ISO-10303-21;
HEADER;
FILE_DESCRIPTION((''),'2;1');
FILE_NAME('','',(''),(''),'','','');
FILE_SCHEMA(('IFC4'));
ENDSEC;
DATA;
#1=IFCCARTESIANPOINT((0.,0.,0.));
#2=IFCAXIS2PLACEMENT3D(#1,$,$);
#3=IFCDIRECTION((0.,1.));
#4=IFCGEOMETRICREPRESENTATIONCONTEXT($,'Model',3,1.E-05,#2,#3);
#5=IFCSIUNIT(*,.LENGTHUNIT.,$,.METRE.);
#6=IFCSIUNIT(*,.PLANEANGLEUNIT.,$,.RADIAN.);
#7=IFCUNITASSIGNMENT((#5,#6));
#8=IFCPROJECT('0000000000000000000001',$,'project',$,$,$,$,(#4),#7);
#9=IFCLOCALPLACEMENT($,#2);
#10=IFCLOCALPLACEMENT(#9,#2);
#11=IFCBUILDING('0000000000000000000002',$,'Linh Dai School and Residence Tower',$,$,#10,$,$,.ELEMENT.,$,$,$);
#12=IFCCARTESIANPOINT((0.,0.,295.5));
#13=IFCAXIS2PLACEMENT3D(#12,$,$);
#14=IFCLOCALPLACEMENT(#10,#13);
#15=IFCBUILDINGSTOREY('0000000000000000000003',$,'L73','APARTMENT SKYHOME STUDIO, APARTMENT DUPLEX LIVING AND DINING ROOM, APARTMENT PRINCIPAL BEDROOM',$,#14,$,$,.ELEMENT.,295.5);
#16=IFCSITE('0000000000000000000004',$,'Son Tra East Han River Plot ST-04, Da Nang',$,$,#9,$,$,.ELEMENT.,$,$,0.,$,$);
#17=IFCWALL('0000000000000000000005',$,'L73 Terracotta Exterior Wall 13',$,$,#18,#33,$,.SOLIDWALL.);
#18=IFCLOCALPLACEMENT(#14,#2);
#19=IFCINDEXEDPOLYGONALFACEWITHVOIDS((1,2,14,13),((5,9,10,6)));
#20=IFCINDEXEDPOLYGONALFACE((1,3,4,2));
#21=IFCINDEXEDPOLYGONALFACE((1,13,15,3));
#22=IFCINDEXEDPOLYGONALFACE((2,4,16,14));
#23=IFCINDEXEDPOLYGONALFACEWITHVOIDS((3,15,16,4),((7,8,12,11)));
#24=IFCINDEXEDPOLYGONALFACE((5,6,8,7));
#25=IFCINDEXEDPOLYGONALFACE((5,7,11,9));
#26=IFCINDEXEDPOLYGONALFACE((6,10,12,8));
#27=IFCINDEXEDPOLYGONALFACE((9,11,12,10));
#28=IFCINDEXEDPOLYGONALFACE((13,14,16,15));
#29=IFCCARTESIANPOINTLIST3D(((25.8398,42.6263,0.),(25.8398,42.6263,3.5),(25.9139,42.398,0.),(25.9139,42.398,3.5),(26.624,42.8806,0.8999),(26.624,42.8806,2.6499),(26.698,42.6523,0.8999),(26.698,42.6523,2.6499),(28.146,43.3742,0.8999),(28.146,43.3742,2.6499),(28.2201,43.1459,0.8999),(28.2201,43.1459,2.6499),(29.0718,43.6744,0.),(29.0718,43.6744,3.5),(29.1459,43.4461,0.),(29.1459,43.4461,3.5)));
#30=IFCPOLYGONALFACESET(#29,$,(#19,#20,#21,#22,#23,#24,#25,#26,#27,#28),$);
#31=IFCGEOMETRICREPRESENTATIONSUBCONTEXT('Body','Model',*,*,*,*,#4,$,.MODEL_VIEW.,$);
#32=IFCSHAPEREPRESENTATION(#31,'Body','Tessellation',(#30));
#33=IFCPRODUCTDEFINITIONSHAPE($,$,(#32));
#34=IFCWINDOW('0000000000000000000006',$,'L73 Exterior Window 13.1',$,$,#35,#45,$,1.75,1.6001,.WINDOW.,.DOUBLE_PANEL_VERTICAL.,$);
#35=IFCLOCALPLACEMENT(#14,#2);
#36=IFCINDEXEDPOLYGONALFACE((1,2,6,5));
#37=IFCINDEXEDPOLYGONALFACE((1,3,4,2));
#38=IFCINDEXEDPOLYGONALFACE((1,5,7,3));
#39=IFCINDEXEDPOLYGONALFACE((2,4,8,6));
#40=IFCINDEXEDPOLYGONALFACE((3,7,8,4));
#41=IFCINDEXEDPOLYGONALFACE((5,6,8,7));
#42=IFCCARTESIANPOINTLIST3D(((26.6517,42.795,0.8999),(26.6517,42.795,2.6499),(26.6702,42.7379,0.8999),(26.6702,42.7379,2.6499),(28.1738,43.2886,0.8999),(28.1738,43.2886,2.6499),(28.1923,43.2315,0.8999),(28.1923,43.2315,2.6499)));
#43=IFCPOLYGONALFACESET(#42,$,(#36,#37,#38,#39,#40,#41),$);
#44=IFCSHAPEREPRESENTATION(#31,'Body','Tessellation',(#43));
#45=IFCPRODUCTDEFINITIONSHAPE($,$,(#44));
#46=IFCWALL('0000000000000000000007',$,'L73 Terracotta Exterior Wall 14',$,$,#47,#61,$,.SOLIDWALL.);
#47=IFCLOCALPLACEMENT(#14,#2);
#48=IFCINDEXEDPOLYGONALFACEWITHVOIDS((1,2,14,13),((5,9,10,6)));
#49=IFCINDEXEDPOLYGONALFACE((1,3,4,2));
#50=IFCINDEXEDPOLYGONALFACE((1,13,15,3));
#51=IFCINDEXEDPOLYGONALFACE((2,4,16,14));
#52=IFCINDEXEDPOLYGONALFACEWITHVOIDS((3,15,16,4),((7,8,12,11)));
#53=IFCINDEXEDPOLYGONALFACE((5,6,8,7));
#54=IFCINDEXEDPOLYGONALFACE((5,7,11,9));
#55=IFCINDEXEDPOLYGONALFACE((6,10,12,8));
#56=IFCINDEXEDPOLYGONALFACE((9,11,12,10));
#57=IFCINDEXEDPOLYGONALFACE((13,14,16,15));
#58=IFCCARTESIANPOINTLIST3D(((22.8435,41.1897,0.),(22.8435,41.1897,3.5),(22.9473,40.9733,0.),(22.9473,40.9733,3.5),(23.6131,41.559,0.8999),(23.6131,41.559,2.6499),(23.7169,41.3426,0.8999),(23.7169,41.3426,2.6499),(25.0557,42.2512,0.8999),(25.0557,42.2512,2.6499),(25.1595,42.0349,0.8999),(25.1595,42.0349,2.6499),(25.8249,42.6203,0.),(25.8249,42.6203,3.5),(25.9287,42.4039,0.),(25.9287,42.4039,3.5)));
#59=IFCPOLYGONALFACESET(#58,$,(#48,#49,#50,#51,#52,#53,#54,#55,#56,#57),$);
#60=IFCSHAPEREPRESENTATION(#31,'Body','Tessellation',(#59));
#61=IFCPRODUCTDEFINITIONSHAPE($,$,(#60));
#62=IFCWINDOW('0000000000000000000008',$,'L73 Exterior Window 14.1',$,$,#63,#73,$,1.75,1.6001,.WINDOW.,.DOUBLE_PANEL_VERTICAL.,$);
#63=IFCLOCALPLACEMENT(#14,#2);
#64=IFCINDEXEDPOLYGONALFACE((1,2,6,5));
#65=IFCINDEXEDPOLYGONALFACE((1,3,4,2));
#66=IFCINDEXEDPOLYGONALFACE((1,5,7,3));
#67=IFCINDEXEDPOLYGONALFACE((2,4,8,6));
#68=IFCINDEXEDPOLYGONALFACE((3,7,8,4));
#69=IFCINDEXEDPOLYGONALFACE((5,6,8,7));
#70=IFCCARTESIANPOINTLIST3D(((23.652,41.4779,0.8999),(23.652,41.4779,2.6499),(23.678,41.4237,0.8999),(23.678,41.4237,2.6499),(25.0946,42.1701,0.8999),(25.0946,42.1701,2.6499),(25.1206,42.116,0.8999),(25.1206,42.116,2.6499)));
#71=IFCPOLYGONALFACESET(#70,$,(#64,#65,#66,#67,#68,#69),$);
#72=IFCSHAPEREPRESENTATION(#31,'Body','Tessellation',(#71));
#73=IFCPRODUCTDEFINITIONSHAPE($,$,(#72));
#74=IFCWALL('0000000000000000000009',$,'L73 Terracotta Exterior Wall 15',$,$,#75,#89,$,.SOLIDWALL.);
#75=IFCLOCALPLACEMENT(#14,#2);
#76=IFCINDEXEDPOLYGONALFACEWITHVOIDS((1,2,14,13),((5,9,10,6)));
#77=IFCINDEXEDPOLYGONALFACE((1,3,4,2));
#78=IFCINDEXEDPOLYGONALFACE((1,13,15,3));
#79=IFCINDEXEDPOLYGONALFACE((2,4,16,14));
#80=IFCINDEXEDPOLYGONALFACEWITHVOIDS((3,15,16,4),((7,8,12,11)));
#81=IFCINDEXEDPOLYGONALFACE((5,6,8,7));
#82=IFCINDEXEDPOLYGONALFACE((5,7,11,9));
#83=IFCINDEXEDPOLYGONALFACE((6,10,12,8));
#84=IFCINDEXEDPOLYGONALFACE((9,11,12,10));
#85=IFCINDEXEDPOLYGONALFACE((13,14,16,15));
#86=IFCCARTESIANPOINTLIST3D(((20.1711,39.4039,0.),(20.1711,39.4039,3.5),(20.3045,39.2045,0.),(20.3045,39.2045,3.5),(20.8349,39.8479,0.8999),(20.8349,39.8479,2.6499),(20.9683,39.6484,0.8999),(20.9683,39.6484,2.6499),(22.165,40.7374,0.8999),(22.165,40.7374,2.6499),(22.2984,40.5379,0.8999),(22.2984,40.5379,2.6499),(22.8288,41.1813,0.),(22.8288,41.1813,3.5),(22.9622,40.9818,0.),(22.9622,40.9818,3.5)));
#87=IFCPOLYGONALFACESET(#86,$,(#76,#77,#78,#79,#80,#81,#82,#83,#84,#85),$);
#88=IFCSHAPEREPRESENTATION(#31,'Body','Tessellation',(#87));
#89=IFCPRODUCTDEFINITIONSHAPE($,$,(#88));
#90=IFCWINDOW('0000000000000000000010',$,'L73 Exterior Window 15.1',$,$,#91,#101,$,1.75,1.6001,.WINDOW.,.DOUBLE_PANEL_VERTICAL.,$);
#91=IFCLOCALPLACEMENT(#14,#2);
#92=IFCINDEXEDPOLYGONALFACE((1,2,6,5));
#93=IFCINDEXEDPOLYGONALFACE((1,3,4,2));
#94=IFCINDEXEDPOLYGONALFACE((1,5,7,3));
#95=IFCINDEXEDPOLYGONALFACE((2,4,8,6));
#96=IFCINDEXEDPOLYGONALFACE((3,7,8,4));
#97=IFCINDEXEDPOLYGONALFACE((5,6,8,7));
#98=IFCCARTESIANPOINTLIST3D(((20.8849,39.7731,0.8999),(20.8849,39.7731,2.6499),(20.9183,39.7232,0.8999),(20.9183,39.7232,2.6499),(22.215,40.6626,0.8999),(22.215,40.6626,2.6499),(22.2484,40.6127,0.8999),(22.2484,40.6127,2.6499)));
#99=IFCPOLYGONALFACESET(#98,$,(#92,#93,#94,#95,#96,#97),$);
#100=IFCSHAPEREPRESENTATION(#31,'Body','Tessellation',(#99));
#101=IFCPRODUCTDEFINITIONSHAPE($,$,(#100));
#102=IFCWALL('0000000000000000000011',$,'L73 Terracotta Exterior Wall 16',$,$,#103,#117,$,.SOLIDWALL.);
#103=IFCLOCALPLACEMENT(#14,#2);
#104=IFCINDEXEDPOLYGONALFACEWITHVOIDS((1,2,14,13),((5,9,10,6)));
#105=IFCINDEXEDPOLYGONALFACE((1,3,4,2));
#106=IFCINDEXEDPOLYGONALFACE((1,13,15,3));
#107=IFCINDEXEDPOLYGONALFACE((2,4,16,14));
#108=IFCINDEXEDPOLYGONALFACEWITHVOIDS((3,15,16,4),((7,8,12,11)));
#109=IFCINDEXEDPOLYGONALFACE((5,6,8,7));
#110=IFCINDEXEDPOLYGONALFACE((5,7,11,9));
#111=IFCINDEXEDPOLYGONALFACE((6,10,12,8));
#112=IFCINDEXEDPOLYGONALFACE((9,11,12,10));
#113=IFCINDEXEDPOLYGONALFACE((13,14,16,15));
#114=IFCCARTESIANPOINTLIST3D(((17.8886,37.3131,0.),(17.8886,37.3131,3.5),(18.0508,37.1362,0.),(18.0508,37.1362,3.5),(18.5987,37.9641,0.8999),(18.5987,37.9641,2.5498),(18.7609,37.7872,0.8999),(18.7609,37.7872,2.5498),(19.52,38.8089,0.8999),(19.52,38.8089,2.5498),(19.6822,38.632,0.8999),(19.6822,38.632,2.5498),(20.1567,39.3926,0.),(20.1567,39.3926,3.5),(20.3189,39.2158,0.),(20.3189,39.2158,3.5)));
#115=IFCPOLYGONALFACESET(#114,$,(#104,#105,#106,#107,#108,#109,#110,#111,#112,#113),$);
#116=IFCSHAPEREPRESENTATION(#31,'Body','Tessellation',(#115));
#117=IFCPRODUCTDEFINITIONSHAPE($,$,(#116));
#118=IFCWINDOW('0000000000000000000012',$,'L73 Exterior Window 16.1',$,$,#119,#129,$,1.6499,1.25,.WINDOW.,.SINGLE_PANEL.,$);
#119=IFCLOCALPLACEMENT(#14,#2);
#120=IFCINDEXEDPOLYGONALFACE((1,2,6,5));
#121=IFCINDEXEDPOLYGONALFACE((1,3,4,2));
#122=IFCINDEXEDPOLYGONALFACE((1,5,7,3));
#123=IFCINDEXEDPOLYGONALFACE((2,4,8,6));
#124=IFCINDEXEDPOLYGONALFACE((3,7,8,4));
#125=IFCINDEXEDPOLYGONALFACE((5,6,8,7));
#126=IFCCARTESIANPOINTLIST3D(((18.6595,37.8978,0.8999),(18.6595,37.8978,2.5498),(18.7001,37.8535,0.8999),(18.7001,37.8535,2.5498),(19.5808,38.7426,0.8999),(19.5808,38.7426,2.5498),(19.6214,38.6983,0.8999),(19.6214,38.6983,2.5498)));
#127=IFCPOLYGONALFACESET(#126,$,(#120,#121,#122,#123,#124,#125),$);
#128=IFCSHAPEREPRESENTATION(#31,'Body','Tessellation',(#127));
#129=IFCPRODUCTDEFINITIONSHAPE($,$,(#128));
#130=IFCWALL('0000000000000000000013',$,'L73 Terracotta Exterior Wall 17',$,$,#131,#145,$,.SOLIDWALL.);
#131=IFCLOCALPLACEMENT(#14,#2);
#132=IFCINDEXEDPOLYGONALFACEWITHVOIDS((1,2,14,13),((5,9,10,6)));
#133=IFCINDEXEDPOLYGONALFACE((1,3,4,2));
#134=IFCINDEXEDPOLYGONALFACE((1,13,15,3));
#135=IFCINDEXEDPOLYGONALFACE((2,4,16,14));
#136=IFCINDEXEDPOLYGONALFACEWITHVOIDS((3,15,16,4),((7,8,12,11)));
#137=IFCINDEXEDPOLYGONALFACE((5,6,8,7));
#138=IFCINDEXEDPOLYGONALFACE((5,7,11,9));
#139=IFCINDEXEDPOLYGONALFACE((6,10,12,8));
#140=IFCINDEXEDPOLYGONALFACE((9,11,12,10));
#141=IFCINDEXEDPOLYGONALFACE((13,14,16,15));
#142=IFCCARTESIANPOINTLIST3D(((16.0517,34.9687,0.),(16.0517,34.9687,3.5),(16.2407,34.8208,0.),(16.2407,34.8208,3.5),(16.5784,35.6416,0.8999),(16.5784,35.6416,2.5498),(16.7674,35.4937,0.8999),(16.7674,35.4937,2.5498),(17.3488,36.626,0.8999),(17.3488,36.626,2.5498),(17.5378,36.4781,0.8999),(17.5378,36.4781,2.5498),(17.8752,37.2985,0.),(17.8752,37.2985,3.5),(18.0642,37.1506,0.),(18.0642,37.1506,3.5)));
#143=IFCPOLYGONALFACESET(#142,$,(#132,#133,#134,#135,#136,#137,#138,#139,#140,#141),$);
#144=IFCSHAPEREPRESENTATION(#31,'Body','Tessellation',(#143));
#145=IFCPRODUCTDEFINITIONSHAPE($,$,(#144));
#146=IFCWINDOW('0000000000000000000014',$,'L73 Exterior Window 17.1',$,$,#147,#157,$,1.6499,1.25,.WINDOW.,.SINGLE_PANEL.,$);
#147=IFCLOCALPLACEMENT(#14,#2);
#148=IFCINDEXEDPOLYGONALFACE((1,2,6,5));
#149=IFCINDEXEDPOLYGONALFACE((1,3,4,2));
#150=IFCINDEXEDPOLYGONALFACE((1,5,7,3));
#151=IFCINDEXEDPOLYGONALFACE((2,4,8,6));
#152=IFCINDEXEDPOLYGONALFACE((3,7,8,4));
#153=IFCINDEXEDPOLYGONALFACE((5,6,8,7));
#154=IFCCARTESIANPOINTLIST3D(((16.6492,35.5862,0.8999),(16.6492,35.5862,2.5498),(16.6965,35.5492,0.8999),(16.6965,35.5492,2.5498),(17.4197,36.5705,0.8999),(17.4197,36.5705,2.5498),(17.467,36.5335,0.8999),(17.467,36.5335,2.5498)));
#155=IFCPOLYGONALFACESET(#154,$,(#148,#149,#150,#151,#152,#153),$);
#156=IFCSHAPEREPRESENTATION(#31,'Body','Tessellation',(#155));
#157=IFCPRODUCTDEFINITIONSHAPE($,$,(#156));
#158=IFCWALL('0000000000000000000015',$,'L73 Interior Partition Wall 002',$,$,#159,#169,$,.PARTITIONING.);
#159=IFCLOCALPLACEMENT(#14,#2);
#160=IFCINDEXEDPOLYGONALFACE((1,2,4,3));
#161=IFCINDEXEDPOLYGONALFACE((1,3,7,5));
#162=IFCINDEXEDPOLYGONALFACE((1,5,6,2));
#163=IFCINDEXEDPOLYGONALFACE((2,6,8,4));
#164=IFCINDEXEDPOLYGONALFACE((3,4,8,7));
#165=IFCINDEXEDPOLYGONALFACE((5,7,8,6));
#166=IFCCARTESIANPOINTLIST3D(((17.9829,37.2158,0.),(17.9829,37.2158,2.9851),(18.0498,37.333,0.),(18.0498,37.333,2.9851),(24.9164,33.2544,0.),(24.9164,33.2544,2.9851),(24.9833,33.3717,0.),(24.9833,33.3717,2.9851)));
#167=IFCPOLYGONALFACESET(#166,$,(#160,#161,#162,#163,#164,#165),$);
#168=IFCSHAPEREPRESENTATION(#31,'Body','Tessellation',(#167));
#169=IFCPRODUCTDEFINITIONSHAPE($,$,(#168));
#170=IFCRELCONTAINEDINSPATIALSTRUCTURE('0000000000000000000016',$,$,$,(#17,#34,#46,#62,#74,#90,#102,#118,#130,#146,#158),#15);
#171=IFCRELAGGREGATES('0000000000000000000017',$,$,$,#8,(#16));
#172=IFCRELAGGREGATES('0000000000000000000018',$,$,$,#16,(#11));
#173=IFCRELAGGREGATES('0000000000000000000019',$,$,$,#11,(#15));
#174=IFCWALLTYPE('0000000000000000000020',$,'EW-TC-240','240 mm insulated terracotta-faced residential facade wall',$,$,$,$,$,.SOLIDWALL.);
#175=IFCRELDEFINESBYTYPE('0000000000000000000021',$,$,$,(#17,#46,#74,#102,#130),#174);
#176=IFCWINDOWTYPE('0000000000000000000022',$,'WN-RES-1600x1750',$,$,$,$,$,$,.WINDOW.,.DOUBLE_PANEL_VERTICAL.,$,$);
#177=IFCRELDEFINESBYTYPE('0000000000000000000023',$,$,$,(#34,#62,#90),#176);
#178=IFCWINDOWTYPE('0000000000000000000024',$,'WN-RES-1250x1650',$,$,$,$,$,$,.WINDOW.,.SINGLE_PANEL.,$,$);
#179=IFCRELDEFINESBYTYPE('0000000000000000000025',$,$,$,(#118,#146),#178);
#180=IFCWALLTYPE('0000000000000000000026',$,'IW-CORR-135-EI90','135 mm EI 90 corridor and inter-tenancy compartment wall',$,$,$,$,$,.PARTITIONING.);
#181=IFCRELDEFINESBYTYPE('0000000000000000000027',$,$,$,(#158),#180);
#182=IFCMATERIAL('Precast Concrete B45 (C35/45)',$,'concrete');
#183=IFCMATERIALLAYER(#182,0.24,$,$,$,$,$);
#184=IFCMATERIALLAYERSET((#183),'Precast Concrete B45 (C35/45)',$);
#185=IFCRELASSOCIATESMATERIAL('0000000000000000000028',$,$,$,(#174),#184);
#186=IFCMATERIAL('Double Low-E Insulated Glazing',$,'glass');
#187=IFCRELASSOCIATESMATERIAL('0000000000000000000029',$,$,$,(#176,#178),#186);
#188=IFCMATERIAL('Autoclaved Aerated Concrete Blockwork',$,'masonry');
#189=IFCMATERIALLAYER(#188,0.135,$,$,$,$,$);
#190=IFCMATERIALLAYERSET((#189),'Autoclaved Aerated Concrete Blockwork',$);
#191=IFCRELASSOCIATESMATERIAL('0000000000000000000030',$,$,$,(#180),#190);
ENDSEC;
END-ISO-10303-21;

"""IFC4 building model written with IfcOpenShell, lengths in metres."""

from ifc_helpers import new_model, si_unit, direction, frame, frame_2d, origin, origin_2d, place, context, subcontext, project, spatial, rectangle, extrude, source, transform, mapped, material, layer, layer_set, type_object, element, fill, save


model = new_model("IFC4")

# Units and contexts
model_context = context("Model", 3, precision=1e-05, world=origin(), true_north=direction((0.0, 1.0)))
body_context = subcontext(model_context, "Body", "Model", "MODEL_VIEW")
ifc_project = project(units=[si_unit("LENGTHUNIT", "METRE"), si_unit("PLANEANGLEUNIT", "RADIAN")], contexts=[model_context])

# Site, building, storey
site_placement = place(None, origin())
site = spatial("IfcSite", under=ifc_project, at=site_placement, Name="Son Tra East Han River Plot ST-04, Da Nang", CompositionType="ELEMENT", RefElevation=0.0)
building_placement = place(site_placement, origin())
building = spatial("IfcBuilding", under=site, at=building_placement, Name="Linh Dai School and Residence Tower", CompositionType="ELEMENT")
storey_placement = place(building_placement, frame((0.0, 0.0, 295.5)))
storey = spatial("IfcBuildingStorey", under=building, at=storey_placement, Name="L73", Description="APARTMENT SKYHOME STUDIO, APARTMENT DUPLEX LIVING AND DINING ROOM, APARTMENT PRINCIPAL BEDROOM", CompositionType="ELEMENT", Elevation=295.5)

# Shared definitions
ifc_material_1 = material(Name="Precast Concrete B45 (C35/45)", Category="concrete")

# Walls, openings, windows
ifc_layer_1 = layer(ifc_material_1, 0.24)
ifc_layer_set_1 = layer_set([ifc_layer_1], Name="Precast Concrete B45 (C35/45)")
wall_type_1 = type_object("IfcWallType", Name="EW-TC-240", Description="240 mm insulated terracotta-faced residential facade wall", PredefinedType="SOLIDWALL", material=ifc_layer_set_1)
wall_1_placement = place(storey_placement, frame((25.877, 42.5122, 0.0), z_axis=(0.0, 0.0, 1.0), x_axis=(0.951231, 0.308478, 0.0)))
wall_1 = element("IfcWall", 1, at=wall_1_placement, inside=storey, type_object=wall_type_1, Name="L73 Terracotta Exterior Wall 13", PredefinedType="SOLIDWALL", context=body_context, shape_type="SweptSolid", body=[
    extrude(rectangle(XDim=3.3977, YDim=0.24, at=frame_2d((1.6987, 0.0))), origin(), (0.0, 0.0, 1.0), 3.5),
])
opening_1_placement = place(wall_1_placement, frame((0.8242, 0.0, 0.8999)))
opening_1 = element("IfcOpeningElement", 2, at=opening_1_placement, cuts=wall_1, PredefinedType="OPENING", context=body_context, shape_type="SweptSolid", body=[
    extrude(rectangle(XDim=1.6001, YDim=1.75, at=origin_2d()), frame((0.8, 0.1299, 0.875), z_axis=(0.0, -1.0, 0.0), x_axis=(1.0, 0.0, 0.0)), (0.0, 0.0, 1.0), 0.26),
])
ifc_material_2 = material(Name="Double Low-E Insulated Glazing", Category="glass")
window_type_1 = type_object("IfcWindowType", Name="WN-RES-1600x1750", PartitioningType="DOUBLE_PANEL_VERTICAL", PredefinedType="WINDOW", material=ifc_material_2)
shared_shape_1 = source(origin(), body_context, "Body", "SweptSolid", [
    extrude(rectangle(XDim=1.6001, YDim=1.75, at=origin_2d()), frame((0.8, 0.03, 0.875), z_axis=(0.0, -1.0, 0.0), x_axis=(1.0, 0.0, 0.0)), (0.0, 0.0, 1.0), 0.0601),
])
window_1_placement = place(opening_1_placement, origin())
window_1 = element("IfcWindow", 3, at=window_1_placement, inside=storey, type_object=window_type_1, Name="L73 Exterior Window 13.1", OverallHeight=1.75, OverallWidth=1.6001, PartitioningType="DOUBLE_PANEL_VERTICAL", PredefinedType="WINDOW", context=body_context, shape_type="MappedRepresentation", body=[
    mapped(shared_shape_1, transform((0.0, 0.0, 0.0), x_axis=(1.0, 0.0, 0.0), y_axis=(0.0, 1.0, 0.0), z_axis=(0.0, 0.0, 1.0), scale=1.0)),
])
fill(opening_1, window_1)
wall_2_placement = place(storey_placement, frame((22.8955, 41.0815, 0.0), z_axis=(0.0, 0.0, 1.0), x_axis=(0.901574, 0.432625, 0.0)))
wall_2 = element("IfcWall", 4, at=wall_2_placement, inside=storey, type_object=wall_type_1, Name="L73 Terracotta Exterior Wall 14", PredefinedType="SOLIDWALL", context=body_context, shape_type="SweptSolid", body=[
    extrude(rectangle(XDim=3.3069, YDim=0.24, at=frame_2d((1.6533, 0.0))), origin(), (0.0, 0.0, 1.0), 3.5),
])
opening_2_placement = place(wall_2_placement, frame((0.8535, 0.0, 0.8999)))
opening_2 = element("IfcOpeningElement", 5, at=opening_2_placement, cuts=wall_2, PredefinedType="OPENING", context=body_context, shape_type="SweptSolid", body=[
    extrude(rectangle(XDim=1.6001, YDim=1.75, at=origin_2d()), frame((0.8, 0.1299, 0.875), z_axis=(0.0, -1.0, 0.0), x_axis=(1.0, 0.0, 0.0)), (0.0, 0.0, 1.0), 0.26),
])
window_2_placement = place(opening_2_placement, origin())
window_2 = element("IfcWindow", 6, at=window_2_placement, inside=storey, type_object=window_type_1, Name="L73 Exterior Window 14.1", OverallHeight=1.75, OverallWidth=1.6001, PartitioningType="DOUBLE_PANEL_VERTICAL", PredefinedType="WINDOW", context=body_context, shape_type="MappedRepresentation", body=[
    mapped(shared_shape_1, transform((0.0, 0.0, 0.0), x_axis=(1.0, 0.0, 0.0), y_axis=(0.0, 1.0, 0.0), z_axis=(0.0, 0.0, 1.0), scale=1.0)),
])
fill(opening_2, window_2)
wall_3_placement = place(storey_placement, frame((20.2378, 39.3042, 0.0), z_axis=(0.0, 0.0, 1.0), x_axis=(0.831251, 0.555898, 0.0)))
wall_3 = element("IfcWall", 7, at=wall_3_placement, inside=storey, type_object=wall_type_1, Name="L73 Terracotta Exterior Wall 15", PredefinedType="SOLIDWALL", context=body_context, shape_type="SweptSolid", body=[
    extrude(rectangle(XDim=3.1973, YDim=0.24, at=frame_2d((1.5986, 0.0))), origin(), (0.0, 0.0, 1.0), 3.5),
])
opening_3_placement = place(wall_3_placement, frame((0.7986, 0.0, 0.8999)))
opening_3 = element("IfcOpeningElement", 8, at=opening_3_placement, cuts=wall_3, PredefinedType="OPENING", context=body_context, shape_type="SweptSolid", body=[
    extrude(rectangle(XDim=1.6001, YDim=1.75, at=origin_2d()), frame((0.8, 0.1299, 0.875), z_axis=(0.0, -1.0, 0.0), x_axis=(1.0, 0.0, 0.0)), (0.0, 0.0, 1.0), 0.26),
])
window_3_placement = place(opening_3_placement, origin())
window_3 = element("IfcWindow", 9, at=window_3_placement, inside=storey, type_object=window_type_1, Name="L73 Exterior Window 15.1", OverallHeight=1.75, OverallWidth=1.6001, PartitioningType="DOUBLE_PANEL_VERTICAL", PredefinedType="WINDOW", context=body_context, shape_type="MappedRepresentation", body=[
    mapped(shared_shape_1, transform((0.0, 0.0, 0.0), x_axis=(1.0, 0.0, 0.0), y_axis=(0.0, 1.0, 0.0), z_axis=(0.0, 0.0, 1.0), scale=1.0)),
])
fill(opening_3, window_3)
wall_4_placement = place(storey_placement, frame((17.9697, 37.2246, 0.0), z_axis=(0.0, 0.0, 1.0), x_axis=(0.737069, 0.675818, 0.0)))
wall_4 = element("IfcWall", 10, at=wall_4_placement, inside=storey, type_object=wall_type_1, Name="L73 Terracotta Exterior Wall 16", PredefinedType="SOLIDWALL", context=body_context, shape_type="SweptSolid", body=[
    extrude(rectangle(XDim=3.0771, YDim=0.24, at=frame_2d((1.5386, 0.0))), origin(), (0.0, 0.0, 1.0), 3.5),
])
opening_4_placement = place(wall_4_placement, frame((0.9634, 0.0, 0.8999)))
opening_4 = element("IfcOpeningElement", 11, at=opening_4_placement, cuts=wall_4, PredefinedType="OPENING", context=body_context, shape_type="SweptSolid", body=[
    extrude(rectangle(XDim=1.25, YDim=1.6499, at=origin_2d()), frame((0.625, 0.1299, 0.825), z_axis=(0.0, -1.0, 0.0), x_axis=(1.0, 0.0, 0.0)), (0.0, 0.0, 1.0), 0.26),
])
window_type_2 = type_object("IfcWindowType", Name="WN-RES-1250x1650", PartitioningType="SINGLE_PANEL", PredefinedType="WINDOW", material=ifc_material_2)
shared_shape_2 = source(origin(), body_context, "Body", "SweptSolid", [
    extrude(rectangle(XDim=1.25, YDim=1.6499, at=origin_2d()), frame((0.625, 0.03, 0.825), z_axis=(0.0, -1.0, 0.0), x_axis=(1.0, 0.0, 0.0)), (0.0, 0.0, 1.0), 0.0601),
])
window_4_placement = place(opening_4_placement, origin())
window_4 = element("IfcWindow", 12, at=window_4_placement, inside=storey, type_object=window_type_2, Name="L73 Exterior Window 16.1", OverallHeight=1.6499, OverallWidth=1.25, PartitioningType="SINGLE_PANEL", PredefinedType="WINDOW", context=body_context, shape_type="MappedRepresentation", body=[
    mapped(shared_shape_2, transform((0.0, 0.0, 0.0), x_axis=(1.0, 0.0, 0.0), y_axis=(0.0, 1.0, 0.0), z_axis=(0.0, 0.0, 1.0), scale=1.0)),
])
fill(opening_4, window_4)
wall_5_placement = place(storey_placement, frame((16.1462, 34.8948, 0.0), z_axis=(0.0, 0.0, 1.0), x_axis=(0.616337, 0.787482, 0.0)))
wall_5 = element("IfcWall", 13, at=wall_5_placement, inside=storey, type_object=wall_type_1, Name="L73 Terracotta Exterior Wall 17", PredefinedType="SOLIDWALL", context=body_context, shape_type="SweptSolid", body=[
    extrude(rectangle(XDim=2.9585, YDim=0.24, at=frame_2d((1.4792, 0.0))), origin(), (0.0, 0.0, 1.0), 3.5),
])
opening_5_placement = place(wall_5_placement, frame((0.8545, 0.0, 0.8999)))
opening_5 = element("IfcOpeningElement", 14, at=opening_5_placement, cuts=wall_5, PredefinedType="OPENING", context=body_context, shape_type="SweptSolid", body=[
    extrude(rectangle(XDim=1.25, YDim=1.6499, at=origin_2d()), frame((0.625, 0.1299, 0.825), z_axis=(0.0, -1.0, 0.0), x_axis=(1.0, 0.0, 0.0)), (0.0, 0.0, 1.0), 0.26),
])
window_5_placement = place(opening_5_placement, origin())
window_5 = element("IfcWindow", 15, at=window_5_placement, inside=storey, type_object=window_type_2, Name="L73 Exterior Window 17.1", OverallHeight=1.6499, OverallWidth=1.25, PartitioningType="SINGLE_PANEL", PredefinedType="WINDOW", context=body_context, shape_type="MappedRepresentation", body=[
    mapped(shared_shape_2, transform((0.0, 0.0, 0.0), x_axis=(1.0, 0.0, 0.0), y_axis=(0.0, 1.0, 0.0), z_axis=(0.0, 0.0, 1.0), scale=1.0)),
])
fill(opening_5, window_5)

# Wall
ifc_material_3 = material(Name="Autoclaved Aerated Concrete Blockwork", Category="masonry")
ifc_layer_2 = layer(ifc_material_3, 0.135)
ifc_layer_set_2 = layer_set([ifc_layer_2], Name="Autoclaved Aerated Concrete Blockwork")
wall_type_2 = type_object("IfcWallType", Name="IW-CORR-135-EI90", Description="135 mm EI 90 corridor and inter-tenancy compartment wall", PredefinedType="PARTITIONING", material=ifc_layer_set_2)
wall_6_placement = place(storey_placement, frame((18.0164, 37.2744, 0.0), z_axis=(0.0, 0.0, 1.0), x_axis=(0.868277, -0.49608, 0.0)))
element("IfcWall", 16, at=wall_6_placement, inside=storey, type_object=wall_type_2, Name="L73 Interior Partition Wall 002", PredefinedType="PARTITIONING", context=body_context, shape_type="SweptSolid", body=[
    extrude(rectangle(XDim=7.9854, YDim=0.135, at=frame_2d((3.9927, 0.0))), origin(), (0.0, 0.0, 1.0), 2.9851),
])

save(model, "model.ifc")
